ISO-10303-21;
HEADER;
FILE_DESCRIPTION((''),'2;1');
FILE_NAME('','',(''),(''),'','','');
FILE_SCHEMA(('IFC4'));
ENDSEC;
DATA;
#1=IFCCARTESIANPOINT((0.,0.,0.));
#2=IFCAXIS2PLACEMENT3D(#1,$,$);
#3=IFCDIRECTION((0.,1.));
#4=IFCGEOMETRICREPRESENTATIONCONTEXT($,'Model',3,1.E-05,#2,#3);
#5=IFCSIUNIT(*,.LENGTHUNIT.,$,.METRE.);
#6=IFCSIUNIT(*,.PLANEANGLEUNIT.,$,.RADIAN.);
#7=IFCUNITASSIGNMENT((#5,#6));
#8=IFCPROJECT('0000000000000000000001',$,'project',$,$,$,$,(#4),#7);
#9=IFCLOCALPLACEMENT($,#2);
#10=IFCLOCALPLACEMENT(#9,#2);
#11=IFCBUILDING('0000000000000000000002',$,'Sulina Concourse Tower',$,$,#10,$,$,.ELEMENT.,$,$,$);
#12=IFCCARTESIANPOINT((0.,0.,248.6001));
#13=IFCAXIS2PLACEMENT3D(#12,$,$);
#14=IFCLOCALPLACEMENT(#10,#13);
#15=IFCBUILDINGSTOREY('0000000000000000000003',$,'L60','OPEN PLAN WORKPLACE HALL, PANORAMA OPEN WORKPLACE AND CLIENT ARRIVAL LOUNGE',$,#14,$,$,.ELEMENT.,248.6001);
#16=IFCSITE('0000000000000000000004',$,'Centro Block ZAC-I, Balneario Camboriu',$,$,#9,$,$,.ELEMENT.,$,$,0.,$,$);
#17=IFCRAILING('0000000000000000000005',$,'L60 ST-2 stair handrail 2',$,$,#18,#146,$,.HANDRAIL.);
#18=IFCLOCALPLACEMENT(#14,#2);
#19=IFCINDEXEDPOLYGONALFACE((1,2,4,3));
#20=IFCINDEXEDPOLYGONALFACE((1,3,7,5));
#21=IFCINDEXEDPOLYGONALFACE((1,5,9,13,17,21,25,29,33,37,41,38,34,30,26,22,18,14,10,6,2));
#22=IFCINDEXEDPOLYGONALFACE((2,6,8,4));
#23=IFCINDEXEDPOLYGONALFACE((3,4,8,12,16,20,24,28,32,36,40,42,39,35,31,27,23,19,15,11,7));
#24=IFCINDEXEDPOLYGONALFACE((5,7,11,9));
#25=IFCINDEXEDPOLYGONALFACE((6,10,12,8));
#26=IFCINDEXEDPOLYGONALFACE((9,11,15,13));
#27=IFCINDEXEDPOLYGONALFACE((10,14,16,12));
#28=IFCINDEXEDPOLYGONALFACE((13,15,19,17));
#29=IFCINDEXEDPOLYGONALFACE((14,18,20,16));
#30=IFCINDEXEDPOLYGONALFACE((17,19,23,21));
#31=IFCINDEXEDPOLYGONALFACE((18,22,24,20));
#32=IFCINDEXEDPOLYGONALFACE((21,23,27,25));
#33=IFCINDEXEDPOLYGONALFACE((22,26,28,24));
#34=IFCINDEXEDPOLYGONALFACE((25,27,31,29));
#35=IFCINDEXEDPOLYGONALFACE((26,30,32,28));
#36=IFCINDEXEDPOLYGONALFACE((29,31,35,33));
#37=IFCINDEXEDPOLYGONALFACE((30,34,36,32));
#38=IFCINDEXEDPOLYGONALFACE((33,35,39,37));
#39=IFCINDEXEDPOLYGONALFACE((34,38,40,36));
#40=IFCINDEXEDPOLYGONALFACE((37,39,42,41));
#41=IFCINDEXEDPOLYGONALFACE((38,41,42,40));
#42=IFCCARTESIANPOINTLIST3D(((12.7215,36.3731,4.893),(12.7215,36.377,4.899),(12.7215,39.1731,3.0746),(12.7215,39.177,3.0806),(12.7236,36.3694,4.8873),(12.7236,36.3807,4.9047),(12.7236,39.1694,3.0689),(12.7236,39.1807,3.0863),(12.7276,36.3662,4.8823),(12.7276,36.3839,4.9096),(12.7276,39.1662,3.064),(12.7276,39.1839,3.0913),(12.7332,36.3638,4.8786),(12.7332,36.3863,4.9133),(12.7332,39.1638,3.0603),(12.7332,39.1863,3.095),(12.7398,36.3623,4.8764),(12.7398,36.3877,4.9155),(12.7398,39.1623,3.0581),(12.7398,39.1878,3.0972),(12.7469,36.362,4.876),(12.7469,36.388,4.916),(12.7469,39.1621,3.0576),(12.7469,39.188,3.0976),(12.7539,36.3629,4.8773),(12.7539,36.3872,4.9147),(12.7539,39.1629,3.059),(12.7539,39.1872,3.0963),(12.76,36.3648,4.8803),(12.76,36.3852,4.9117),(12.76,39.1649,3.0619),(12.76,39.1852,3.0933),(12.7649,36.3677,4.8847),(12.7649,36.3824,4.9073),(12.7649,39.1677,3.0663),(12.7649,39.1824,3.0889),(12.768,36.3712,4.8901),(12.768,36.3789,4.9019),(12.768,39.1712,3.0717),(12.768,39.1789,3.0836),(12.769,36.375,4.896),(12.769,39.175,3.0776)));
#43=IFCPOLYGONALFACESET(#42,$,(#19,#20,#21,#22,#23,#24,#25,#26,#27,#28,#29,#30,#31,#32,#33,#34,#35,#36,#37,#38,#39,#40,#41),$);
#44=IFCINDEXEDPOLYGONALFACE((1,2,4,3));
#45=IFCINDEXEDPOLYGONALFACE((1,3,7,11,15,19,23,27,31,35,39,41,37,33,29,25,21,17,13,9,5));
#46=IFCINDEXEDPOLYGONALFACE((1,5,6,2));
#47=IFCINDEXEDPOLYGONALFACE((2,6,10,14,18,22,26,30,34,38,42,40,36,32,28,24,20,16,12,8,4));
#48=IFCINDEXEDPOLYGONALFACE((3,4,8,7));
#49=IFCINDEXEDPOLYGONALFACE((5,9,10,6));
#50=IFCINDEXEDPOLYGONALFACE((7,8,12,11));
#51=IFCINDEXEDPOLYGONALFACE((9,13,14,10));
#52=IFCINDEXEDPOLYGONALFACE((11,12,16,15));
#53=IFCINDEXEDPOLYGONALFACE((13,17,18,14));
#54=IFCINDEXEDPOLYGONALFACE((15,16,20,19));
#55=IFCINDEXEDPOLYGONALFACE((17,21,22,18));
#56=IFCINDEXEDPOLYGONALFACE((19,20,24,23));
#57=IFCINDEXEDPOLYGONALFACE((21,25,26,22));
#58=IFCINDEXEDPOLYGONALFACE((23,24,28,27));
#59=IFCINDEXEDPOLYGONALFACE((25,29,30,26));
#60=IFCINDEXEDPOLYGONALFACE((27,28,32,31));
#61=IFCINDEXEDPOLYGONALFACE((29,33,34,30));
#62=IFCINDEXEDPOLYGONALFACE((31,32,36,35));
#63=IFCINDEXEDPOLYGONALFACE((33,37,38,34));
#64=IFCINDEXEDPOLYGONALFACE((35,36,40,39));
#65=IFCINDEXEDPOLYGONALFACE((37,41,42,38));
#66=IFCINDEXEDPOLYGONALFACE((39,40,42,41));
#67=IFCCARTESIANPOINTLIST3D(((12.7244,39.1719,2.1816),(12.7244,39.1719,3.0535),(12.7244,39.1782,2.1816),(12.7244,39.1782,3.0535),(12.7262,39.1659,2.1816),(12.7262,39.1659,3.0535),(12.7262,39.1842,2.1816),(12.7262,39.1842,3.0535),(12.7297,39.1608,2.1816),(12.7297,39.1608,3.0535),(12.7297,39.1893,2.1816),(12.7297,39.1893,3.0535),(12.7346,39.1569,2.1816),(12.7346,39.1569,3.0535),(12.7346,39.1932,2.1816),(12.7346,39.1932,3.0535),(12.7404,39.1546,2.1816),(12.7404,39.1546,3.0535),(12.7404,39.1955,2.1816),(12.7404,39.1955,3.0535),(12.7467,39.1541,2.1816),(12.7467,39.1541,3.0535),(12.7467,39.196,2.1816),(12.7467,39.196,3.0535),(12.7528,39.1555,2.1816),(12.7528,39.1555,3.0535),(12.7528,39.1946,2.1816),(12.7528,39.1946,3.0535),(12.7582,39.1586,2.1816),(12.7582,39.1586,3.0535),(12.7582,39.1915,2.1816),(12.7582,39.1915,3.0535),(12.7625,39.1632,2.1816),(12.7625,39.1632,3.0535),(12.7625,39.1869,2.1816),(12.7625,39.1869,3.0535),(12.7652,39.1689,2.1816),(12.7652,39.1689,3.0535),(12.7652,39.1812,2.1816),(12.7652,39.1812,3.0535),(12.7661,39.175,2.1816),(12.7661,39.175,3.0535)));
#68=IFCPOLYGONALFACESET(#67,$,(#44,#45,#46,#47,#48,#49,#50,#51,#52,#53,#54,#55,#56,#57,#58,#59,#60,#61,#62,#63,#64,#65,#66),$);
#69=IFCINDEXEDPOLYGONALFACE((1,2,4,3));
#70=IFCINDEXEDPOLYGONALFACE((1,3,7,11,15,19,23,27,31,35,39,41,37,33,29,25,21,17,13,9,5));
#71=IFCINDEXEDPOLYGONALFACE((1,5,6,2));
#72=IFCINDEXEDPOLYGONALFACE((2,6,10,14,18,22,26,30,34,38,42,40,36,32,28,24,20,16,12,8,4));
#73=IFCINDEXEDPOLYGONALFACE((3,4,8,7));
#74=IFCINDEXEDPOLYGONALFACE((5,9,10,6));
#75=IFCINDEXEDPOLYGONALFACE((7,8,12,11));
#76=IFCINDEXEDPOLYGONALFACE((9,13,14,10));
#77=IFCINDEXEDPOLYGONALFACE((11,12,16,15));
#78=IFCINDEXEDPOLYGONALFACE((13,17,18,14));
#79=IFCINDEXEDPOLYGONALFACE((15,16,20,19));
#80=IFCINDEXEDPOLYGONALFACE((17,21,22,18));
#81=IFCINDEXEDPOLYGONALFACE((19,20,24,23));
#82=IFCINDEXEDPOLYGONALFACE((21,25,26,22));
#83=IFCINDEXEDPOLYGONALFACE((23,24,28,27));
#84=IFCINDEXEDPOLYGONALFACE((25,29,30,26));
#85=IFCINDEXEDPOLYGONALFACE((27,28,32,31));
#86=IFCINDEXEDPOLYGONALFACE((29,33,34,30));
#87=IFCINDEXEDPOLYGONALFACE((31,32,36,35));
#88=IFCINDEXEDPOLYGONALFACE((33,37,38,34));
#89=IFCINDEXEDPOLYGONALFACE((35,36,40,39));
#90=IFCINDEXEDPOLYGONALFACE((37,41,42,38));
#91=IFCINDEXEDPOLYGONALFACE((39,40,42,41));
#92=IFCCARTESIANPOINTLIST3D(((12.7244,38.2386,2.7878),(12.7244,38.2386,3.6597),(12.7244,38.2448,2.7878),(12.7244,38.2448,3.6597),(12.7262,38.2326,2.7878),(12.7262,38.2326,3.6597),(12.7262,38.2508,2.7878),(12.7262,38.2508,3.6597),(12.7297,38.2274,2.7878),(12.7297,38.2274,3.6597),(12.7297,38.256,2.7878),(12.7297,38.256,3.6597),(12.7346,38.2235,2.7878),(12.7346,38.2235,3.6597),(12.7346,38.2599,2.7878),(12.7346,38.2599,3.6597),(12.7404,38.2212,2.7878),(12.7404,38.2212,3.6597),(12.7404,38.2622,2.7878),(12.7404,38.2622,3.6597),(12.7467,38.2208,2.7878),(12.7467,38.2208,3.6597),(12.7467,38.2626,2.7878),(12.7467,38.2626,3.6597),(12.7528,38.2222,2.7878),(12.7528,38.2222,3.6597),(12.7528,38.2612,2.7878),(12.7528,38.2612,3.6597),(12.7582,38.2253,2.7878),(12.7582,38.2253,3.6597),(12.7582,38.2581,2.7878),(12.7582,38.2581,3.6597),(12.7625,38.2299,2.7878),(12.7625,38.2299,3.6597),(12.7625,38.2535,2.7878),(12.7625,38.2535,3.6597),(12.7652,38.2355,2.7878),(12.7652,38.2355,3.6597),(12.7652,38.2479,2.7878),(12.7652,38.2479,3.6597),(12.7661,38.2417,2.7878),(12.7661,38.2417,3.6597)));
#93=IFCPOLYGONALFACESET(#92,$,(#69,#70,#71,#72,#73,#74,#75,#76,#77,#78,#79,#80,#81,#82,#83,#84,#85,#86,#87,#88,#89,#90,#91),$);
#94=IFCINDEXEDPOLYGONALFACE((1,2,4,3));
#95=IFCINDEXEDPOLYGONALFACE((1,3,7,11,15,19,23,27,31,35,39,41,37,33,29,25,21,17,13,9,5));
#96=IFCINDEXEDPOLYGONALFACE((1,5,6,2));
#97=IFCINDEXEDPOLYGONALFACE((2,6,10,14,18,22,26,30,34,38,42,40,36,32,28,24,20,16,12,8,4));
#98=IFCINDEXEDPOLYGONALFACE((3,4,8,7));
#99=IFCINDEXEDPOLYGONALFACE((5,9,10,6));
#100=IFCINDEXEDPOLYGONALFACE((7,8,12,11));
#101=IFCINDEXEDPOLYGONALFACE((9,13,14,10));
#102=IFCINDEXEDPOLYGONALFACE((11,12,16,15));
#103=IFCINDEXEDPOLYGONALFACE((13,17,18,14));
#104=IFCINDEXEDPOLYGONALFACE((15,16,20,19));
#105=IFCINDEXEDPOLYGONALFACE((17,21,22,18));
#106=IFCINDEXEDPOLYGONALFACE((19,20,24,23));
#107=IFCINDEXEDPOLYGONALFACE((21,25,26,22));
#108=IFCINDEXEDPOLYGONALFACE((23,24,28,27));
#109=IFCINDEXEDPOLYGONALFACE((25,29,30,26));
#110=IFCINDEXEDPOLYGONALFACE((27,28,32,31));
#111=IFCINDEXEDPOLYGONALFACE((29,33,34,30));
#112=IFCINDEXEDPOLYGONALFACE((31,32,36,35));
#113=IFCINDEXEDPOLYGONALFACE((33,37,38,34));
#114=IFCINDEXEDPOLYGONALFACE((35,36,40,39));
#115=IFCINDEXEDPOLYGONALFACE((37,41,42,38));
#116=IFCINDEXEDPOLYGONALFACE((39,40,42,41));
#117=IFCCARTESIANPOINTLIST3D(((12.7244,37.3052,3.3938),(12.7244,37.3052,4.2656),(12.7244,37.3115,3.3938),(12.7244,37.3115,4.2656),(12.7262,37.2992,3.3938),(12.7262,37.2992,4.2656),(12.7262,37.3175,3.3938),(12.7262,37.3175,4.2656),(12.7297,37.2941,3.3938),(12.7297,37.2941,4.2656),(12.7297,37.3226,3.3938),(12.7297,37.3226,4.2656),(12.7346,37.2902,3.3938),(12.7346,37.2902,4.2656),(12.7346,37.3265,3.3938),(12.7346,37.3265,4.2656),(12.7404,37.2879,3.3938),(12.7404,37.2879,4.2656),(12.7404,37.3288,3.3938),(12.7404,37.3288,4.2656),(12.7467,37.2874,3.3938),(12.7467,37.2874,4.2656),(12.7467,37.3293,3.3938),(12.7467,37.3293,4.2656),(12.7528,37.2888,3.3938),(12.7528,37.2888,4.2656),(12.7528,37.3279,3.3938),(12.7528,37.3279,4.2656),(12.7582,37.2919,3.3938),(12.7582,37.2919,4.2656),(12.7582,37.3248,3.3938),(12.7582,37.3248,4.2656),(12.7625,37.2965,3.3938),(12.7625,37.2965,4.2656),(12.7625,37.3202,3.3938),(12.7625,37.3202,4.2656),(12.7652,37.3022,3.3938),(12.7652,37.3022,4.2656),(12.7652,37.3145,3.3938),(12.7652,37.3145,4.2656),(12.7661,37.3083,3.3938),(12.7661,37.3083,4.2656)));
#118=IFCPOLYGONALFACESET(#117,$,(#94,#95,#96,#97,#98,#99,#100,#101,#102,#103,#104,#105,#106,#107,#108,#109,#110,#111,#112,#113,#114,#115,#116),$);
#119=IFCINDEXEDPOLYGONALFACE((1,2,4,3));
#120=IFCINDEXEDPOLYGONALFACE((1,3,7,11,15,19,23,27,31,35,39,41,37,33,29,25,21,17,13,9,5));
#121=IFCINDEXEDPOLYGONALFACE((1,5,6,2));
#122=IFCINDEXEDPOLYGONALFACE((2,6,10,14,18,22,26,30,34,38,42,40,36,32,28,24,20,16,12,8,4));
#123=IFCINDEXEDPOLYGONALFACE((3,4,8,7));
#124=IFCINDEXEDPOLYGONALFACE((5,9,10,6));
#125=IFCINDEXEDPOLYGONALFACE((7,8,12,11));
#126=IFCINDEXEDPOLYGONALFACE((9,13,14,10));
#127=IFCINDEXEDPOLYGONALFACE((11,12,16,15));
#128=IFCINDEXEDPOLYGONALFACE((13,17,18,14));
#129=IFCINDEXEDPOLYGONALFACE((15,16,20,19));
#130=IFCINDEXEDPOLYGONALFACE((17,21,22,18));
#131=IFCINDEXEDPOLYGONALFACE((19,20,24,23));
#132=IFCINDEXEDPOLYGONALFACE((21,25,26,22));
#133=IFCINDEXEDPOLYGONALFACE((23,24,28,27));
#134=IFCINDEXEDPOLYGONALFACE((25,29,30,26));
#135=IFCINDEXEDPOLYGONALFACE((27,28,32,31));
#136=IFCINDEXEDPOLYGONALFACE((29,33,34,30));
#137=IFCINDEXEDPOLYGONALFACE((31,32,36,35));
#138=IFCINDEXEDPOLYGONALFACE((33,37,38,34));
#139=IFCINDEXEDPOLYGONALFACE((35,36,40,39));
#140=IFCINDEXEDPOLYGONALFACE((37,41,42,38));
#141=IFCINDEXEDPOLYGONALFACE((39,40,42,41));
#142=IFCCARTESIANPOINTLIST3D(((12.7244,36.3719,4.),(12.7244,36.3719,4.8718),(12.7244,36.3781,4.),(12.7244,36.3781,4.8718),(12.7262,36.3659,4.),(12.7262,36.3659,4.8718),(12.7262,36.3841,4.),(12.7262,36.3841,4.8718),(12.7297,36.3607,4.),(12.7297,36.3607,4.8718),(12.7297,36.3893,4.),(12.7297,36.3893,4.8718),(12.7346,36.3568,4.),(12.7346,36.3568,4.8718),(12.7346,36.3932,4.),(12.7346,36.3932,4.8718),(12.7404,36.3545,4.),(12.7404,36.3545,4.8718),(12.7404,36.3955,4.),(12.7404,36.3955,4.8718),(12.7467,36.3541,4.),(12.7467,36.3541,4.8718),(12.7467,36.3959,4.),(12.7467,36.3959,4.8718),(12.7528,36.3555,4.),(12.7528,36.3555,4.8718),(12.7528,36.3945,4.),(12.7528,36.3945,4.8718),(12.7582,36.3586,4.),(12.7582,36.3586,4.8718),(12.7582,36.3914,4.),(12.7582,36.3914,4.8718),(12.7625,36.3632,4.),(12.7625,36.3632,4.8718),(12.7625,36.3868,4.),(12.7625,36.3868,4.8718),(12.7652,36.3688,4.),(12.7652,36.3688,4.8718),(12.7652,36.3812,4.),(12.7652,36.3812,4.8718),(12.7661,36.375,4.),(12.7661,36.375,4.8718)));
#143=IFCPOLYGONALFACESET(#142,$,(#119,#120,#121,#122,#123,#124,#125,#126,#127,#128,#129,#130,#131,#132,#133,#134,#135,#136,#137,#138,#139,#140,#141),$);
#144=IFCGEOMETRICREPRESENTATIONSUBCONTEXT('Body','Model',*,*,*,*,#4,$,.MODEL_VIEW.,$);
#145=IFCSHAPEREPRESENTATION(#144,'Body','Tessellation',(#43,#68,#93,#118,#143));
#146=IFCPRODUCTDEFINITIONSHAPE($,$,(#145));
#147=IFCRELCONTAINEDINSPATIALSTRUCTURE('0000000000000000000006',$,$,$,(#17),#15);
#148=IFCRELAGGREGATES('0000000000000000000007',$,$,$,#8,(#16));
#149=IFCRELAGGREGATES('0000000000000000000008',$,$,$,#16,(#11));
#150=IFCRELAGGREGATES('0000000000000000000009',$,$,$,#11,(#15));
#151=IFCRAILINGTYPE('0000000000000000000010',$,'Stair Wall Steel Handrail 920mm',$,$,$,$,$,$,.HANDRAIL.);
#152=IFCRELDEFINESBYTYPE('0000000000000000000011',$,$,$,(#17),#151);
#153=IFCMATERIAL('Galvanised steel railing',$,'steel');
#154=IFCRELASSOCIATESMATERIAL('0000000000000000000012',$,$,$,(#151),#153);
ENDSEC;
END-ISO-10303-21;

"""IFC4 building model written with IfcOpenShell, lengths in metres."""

from ifc_helpers import new_model, si_unit, direction, frame, origin, origin_2d, place, context, subcontext, project, spatial, circle, extrude, material, type_object, element, save


model = new_model("IFC4")

# Units and contexts
model_context = context("Model", 3, precision=1e-05, world=origin(), true_north=direction((0.0, 1.0)))
body_context = subcontext(model_context, "Body", "Model", "MODEL_VIEW")
ifc_project = project(units=[si_unit("LENGTHUNIT", "METRE"), si_unit("PLANEANGLEUNIT", "RADIAN")], contexts=[model_context])

# Site, building, storey
site_placement = place(None, origin())
site = spatial("IfcSite", under=ifc_project, at=site_placement, Name="Centro Block ZAC-I, Balneario Camboriu", CompositionType="ELEMENT", RefElevation=0.0)
building_placement = place(site_placement, origin())
building = spatial("IfcBuilding", under=site, at=building_placement, Name="Sulina Concourse Tower", CompositionType="ELEMENT")
storey_placement = place(building_placement, frame((0.0, 0.0, 248.6001)))
storey = spatial("IfcBuildingStorey", under=building, at=storey_placement, Name="L60", Description="OPEN PLAN WORKPLACE HALL, PANORAMA OPEN WORKPLACE AND CLIENT ARRIVAL LOUNGE", CompositionType="ELEMENT", Elevation=248.6001)

# Railing
ifc_material_1 = material(Name="Galvanised steel railing", Category="steel")
railing_type_1 = type_object("IfcRailingType", Name="Stair Wall Steel Handrail 920mm", PredefinedType="HANDRAIL", material=ifc_material_1)
railing_1_placement = place(storey_placement, frame((12.7451, 39.175, 2.1816)))
element("IfcRailing", 1, at=railing_1_placement, inside=storey, type_object=railing_type_1, Name="L60 ST-2 stair handrail 2", PredefinedType="HANDRAIL", context=body_context, shape_type="SweptSolid", body=[
    extrude(circle(Radius=0.0239, at=origin_2d()), frame((0.0, 0.0, 0.896), z_axis=(0.0, -0.838672, 0.544636), x_axis=(1.0, 0.0, 0.0)), (0.0, 0.0, 1.0), 3.3386),
    extrude(circle(Radius=0.021, at=origin_2d()), origin(), (0.0, 0.0, 1.0), 0.8718),
    extrude(circle(Radius=0.021, at=origin_2d()), frame((0.0, -0.9333, 0.6062)), (0.0, 0.0, 1.0), 0.8718),
    extrude(circle(Radius=0.021, at=origin_2d()), frame((0.0, -1.8667, 1.2122)), (0.0, 0.0, 1.0), 0.8718),
    extrude(circle(Radius=0.021, at=origin_2d()), frame((0.0, -2.8, 1.8184)), (0.0, 0.0, 1.0), 0.8718),
])

save(model, "model.ifc")
